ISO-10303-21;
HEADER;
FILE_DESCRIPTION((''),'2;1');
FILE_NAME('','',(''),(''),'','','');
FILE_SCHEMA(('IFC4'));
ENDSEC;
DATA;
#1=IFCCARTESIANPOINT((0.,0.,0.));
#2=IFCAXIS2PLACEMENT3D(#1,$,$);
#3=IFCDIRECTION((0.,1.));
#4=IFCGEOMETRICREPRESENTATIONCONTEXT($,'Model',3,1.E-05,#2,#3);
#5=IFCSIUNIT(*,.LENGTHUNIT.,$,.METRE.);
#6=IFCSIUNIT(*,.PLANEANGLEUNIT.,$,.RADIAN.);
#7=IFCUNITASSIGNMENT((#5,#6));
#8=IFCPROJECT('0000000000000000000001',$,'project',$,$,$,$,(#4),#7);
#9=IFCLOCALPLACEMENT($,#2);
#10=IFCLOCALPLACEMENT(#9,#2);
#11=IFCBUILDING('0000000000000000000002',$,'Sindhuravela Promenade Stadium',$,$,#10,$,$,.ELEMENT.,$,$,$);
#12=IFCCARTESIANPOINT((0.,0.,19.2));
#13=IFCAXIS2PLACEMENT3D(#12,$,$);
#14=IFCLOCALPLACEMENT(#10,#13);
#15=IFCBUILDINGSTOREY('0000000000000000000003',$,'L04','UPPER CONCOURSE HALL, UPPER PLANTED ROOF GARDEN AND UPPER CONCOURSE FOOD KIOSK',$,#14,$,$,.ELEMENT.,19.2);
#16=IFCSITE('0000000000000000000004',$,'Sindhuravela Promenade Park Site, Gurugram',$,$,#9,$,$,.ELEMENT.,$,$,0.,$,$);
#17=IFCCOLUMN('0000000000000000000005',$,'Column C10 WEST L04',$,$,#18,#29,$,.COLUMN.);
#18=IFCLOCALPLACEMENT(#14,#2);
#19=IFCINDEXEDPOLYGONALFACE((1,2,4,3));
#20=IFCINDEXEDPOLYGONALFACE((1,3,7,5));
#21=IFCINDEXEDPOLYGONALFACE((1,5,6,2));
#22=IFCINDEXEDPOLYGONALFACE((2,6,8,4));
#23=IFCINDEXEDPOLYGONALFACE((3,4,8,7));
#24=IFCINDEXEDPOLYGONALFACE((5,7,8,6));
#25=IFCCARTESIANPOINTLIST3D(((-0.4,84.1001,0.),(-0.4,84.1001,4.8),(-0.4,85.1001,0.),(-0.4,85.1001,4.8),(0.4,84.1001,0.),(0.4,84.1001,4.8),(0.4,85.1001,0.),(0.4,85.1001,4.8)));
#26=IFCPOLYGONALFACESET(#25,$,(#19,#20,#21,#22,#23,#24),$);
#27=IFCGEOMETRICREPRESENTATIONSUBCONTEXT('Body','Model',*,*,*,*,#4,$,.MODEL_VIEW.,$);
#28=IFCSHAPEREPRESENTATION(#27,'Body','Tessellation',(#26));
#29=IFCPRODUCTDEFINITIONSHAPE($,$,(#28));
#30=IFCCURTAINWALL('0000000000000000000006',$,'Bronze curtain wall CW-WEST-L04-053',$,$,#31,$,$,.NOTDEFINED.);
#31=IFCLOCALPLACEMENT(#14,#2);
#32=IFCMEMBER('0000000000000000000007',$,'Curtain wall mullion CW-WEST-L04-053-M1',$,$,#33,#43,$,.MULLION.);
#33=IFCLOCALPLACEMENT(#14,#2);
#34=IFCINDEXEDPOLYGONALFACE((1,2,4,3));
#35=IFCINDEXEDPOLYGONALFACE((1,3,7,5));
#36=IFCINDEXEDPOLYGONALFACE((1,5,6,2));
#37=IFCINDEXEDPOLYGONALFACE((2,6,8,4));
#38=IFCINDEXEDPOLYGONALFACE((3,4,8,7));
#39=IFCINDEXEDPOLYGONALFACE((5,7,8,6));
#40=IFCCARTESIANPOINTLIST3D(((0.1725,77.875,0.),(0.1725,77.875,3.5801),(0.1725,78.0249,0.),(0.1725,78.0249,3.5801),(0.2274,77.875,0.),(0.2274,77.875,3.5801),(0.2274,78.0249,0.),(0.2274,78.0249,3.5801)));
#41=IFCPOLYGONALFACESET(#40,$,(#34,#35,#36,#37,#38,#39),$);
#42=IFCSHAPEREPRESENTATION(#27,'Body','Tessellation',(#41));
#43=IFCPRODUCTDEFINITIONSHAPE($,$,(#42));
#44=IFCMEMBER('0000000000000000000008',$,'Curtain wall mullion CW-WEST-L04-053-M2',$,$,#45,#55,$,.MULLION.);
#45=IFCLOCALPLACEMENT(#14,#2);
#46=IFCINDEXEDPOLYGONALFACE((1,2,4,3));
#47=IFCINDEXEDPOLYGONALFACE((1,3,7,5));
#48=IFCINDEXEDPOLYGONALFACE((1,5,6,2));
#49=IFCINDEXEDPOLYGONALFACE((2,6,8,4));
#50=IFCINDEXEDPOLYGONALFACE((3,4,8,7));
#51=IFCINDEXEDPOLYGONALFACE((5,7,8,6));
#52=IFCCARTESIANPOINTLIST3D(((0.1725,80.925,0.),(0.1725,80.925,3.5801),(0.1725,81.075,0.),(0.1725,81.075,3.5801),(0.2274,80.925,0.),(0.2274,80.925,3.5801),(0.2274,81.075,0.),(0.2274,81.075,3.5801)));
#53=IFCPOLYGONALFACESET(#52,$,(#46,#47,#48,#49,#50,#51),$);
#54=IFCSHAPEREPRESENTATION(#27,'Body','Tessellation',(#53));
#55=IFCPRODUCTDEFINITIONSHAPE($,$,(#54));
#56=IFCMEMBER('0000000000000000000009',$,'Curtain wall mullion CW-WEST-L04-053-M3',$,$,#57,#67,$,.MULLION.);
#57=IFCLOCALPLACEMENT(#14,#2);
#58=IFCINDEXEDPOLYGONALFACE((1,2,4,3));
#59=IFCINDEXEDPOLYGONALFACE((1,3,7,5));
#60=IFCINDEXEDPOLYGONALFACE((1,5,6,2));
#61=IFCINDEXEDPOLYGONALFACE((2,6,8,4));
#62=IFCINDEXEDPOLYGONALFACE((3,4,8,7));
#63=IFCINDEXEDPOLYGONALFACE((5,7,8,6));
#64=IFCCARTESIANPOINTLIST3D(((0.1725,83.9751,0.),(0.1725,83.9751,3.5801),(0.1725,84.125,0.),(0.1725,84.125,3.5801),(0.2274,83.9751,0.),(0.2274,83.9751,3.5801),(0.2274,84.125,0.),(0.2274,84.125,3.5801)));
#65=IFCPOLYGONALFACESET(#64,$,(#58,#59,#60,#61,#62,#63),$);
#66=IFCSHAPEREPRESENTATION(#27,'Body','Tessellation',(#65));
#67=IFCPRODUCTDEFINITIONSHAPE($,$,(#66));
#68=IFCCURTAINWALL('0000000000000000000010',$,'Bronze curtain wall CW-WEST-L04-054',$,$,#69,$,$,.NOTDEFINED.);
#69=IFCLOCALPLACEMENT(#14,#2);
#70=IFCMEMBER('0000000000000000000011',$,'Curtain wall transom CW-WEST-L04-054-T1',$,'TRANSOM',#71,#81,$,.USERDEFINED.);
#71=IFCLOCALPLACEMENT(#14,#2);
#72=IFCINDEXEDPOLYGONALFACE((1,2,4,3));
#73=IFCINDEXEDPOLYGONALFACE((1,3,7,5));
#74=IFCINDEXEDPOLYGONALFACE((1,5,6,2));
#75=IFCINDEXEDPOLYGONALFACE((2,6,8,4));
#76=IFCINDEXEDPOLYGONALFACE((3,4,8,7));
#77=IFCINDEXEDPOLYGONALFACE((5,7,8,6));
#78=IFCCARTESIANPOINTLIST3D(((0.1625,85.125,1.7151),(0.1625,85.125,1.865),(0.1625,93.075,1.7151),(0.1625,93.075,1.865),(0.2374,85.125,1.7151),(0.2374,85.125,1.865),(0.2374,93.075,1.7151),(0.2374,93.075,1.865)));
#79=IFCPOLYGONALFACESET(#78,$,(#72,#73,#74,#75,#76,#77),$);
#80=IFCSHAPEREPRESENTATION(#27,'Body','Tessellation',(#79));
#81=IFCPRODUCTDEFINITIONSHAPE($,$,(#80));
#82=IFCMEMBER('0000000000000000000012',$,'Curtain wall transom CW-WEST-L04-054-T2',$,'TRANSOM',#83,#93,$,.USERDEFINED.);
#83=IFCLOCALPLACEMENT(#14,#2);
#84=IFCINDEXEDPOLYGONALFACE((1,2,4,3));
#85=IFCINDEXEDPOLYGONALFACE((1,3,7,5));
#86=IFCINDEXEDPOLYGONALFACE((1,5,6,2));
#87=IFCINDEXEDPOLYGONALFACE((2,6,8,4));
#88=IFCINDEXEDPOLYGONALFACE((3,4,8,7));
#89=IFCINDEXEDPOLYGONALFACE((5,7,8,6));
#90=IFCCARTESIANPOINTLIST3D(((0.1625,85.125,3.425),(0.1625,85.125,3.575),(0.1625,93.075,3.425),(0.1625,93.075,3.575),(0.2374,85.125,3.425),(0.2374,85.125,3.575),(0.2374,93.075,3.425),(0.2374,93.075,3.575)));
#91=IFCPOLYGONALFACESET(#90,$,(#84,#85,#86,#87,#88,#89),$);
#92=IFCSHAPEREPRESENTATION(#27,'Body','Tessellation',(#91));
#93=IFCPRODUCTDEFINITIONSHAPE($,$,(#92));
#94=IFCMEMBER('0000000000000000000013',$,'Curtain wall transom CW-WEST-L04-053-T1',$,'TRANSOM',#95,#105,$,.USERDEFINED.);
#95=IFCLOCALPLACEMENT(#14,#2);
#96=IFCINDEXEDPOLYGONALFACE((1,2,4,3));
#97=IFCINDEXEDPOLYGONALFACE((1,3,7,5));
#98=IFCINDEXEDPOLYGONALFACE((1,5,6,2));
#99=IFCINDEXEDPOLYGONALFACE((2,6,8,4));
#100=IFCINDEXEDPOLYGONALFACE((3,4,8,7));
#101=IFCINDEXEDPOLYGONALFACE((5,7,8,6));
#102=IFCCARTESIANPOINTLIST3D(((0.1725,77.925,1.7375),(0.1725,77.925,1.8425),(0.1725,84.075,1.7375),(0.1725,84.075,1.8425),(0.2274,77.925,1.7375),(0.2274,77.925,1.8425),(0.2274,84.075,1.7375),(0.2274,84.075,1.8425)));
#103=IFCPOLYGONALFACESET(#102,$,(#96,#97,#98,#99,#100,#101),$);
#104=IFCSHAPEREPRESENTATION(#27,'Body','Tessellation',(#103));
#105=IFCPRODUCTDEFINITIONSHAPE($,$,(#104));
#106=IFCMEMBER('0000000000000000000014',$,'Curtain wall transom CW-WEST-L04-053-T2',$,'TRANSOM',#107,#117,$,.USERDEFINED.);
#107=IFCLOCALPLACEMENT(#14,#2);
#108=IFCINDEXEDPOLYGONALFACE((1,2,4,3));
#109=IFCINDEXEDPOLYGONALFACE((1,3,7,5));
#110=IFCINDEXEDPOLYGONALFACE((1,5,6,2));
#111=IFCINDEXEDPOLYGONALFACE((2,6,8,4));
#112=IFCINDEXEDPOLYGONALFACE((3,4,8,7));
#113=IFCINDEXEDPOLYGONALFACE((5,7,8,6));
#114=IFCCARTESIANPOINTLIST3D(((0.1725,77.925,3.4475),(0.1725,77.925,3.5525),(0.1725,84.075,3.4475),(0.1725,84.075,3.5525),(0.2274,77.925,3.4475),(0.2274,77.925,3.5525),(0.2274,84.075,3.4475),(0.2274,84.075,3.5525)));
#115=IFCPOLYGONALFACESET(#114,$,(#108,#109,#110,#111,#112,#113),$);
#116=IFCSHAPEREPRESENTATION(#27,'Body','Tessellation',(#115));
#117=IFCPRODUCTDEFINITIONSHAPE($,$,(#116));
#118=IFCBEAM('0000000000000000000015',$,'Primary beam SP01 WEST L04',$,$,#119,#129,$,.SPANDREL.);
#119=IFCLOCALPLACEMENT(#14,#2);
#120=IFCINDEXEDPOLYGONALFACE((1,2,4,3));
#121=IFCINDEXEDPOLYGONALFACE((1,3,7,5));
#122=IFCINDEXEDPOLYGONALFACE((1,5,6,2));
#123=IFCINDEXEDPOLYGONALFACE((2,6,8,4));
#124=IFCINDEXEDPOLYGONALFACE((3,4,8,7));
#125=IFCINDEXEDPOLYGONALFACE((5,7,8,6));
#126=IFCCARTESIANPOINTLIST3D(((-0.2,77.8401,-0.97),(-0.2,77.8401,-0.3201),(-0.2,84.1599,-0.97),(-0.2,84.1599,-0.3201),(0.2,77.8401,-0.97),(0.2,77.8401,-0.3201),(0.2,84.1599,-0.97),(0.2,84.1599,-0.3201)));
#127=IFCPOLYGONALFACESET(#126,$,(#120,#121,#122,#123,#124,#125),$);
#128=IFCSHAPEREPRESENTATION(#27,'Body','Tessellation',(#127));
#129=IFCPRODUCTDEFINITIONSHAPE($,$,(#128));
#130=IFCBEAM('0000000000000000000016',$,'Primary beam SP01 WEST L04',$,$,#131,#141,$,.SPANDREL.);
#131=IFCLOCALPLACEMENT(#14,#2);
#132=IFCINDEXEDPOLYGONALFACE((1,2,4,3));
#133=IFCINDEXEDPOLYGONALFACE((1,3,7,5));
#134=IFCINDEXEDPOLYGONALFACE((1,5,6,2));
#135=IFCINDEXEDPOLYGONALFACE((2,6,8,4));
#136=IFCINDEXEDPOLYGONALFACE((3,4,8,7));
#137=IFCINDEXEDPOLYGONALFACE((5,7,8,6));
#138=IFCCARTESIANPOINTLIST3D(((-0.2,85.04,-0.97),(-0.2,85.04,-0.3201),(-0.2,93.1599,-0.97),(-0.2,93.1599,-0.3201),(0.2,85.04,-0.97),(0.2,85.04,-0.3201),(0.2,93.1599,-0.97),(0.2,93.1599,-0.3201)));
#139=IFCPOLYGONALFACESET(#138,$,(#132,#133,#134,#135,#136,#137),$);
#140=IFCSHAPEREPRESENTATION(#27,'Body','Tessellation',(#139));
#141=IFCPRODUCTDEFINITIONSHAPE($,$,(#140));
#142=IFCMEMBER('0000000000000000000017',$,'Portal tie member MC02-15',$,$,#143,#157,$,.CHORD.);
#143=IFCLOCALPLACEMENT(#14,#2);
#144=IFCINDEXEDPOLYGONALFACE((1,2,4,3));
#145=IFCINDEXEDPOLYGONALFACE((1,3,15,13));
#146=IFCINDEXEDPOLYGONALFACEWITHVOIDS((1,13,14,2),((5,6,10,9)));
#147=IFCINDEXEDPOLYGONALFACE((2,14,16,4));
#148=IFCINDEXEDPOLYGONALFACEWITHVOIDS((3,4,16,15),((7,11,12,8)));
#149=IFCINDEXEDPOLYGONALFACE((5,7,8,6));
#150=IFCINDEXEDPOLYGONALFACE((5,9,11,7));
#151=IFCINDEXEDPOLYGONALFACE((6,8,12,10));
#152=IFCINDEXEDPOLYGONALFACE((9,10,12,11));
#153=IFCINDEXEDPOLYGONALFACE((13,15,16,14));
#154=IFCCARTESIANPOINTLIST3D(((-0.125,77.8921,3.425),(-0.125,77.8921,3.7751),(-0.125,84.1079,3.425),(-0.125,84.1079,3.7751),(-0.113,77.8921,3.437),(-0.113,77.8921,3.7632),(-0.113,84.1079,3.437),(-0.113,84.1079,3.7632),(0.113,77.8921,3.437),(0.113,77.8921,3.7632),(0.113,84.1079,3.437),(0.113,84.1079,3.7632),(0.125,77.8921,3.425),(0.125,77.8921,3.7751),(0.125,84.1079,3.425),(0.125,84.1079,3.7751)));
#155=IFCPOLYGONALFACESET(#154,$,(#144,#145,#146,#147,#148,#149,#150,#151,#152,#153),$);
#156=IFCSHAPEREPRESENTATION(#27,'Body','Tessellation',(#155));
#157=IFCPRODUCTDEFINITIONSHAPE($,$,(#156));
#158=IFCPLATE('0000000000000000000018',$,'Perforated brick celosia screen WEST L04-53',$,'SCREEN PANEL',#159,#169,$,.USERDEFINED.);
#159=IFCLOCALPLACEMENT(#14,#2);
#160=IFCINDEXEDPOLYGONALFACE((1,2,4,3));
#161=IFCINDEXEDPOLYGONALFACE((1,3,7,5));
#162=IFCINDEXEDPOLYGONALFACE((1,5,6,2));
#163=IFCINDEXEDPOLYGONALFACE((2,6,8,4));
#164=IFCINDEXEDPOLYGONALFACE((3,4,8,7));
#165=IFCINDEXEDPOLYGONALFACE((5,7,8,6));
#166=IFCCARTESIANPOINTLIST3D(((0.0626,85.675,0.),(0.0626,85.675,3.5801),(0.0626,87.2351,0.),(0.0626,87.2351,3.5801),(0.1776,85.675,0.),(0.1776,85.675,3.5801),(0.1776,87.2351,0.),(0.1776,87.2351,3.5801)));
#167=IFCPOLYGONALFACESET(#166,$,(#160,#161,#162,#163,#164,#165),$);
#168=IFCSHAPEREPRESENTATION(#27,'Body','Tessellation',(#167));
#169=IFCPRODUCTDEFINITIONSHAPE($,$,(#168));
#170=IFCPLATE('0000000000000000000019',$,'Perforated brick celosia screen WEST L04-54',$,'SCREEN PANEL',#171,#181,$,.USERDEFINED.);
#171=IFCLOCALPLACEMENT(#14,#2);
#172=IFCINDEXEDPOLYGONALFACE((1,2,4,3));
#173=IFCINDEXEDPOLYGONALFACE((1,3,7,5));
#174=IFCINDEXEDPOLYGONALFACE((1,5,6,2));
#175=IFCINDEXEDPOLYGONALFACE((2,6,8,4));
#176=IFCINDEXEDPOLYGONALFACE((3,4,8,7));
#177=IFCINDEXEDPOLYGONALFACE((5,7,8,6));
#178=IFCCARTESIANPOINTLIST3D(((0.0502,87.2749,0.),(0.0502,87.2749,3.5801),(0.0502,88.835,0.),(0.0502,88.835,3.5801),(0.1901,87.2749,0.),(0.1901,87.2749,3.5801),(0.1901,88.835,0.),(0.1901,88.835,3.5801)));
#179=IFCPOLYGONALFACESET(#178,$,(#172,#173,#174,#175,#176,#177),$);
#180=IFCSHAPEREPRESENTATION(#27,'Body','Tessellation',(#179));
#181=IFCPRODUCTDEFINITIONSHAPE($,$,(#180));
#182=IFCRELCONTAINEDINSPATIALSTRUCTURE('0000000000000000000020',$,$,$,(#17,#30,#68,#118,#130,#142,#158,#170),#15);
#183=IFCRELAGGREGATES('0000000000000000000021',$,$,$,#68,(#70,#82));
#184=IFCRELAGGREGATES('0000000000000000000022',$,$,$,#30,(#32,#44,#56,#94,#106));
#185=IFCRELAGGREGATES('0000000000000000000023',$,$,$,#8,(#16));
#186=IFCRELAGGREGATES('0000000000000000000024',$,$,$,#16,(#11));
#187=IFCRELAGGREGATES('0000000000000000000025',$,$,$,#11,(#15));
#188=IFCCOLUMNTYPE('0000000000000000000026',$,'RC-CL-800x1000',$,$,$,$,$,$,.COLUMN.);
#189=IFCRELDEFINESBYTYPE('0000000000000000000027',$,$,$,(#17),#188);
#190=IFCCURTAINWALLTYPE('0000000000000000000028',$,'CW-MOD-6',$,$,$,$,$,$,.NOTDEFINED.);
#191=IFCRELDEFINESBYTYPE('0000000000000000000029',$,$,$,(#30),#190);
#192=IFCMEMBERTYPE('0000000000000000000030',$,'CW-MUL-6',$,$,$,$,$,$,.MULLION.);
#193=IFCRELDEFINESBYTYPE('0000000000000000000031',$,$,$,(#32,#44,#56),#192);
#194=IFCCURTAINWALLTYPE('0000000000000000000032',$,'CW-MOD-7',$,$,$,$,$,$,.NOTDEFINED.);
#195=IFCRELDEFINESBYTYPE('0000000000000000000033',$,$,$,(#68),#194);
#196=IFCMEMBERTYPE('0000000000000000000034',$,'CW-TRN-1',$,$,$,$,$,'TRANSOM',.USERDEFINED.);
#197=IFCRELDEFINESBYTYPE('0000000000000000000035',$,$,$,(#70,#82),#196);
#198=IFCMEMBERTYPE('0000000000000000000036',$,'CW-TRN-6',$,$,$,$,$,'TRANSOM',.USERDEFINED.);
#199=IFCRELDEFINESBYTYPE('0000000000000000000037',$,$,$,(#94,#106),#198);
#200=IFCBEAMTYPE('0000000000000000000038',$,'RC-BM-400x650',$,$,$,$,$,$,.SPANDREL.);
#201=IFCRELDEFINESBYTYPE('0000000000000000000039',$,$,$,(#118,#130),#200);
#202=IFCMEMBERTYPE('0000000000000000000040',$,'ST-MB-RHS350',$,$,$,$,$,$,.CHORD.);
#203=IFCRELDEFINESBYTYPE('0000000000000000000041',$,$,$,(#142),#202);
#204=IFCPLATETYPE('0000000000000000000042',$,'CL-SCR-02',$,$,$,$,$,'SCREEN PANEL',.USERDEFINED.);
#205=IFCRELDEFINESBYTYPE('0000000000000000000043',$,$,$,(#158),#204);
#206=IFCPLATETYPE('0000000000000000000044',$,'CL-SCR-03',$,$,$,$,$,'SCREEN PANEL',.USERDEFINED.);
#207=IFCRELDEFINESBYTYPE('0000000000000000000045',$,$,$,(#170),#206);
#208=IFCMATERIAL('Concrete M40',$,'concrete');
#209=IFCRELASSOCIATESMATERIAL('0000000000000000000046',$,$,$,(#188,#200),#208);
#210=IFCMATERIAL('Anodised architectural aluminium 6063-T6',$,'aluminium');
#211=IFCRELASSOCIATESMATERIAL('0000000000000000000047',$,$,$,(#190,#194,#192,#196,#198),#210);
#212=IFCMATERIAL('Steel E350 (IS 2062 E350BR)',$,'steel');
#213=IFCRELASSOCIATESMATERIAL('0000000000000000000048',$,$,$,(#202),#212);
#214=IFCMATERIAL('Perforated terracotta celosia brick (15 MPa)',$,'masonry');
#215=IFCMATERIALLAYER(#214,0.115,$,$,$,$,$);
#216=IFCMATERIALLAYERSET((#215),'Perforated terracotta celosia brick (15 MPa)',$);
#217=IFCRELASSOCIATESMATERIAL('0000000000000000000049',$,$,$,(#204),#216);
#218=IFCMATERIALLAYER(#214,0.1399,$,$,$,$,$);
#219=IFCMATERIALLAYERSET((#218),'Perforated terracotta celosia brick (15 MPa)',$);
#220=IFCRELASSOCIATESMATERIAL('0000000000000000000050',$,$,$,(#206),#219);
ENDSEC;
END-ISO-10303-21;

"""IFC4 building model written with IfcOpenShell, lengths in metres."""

from ifc_helpers import new_model, si_unit, direction, frame, origin, origin_2d, place, context, subcontext, project, spatial, rectangle, hollow_rectangle, extrude, material, layer, layer_set, material_profile, profile_set, type_object, element, aggregate, save


model = new_model("IFC4")

# Units and contexts
model_context = context("Model", 3, precision=1e-05, world=origin(), true_north=direction((0.0, 1.0)))
body_context = subcontext(model_context, "Body", "Model", "MODEL_VIEW")
ifc_project = project(units=[si_unit("LENGTHUNIT", "METRE"), si_unit("PLANEANGLEUNIT", "RADIAN")], contexts=[model_context])

# Site, building, storey
site_placement = place(None, origin())
site = spatial("IfcSite", under=ifc_project, at=site_placement, Name="Sindhuravela Promenade Park Site, Gurugram", CompositionType="ELEMENT", RefElevation=0.0)
building_placement = place(site_placement, origin())
building = spatial("IfcBuilding", under=site, at=building_placement, Name="Sindhuravela Promenade Stadium", CompositionType="ELEMENT")
storey_placement = place(building_placement, frame((0.0, 0.0, 19.2)))
storey = spatial("IfcBuildingStorey", under=building, at=storey_placement, Name="L04", Description="UPPER CONCOURSE HALL, UPPER PLANTED ROOF GARDEN AND UPPER CONCOURSE FOOD KIOSK", CompositionType="ELEMENT", Elevation=19.2)

# Column
ifc_material_1 = material(Name="Concrete M40", Category="concrete")
ifc_material_profile_1 = material_profile(ifc_material_1, rectangle(XDim=0.8, YDim=1.0, at=origin_2d()), Name="RC 800x1000")
ifc_profile_set_1 = profile_set([ifc_material_profile_1], Name="Concrete M40")
column_type = type_object("IfcColumnType", Name="RC-CL-800x1000", PredefinedType="COLUMN", material=ifc_profile_set_1)
column_placement = place(storey_placement, frame((0.0, 84.6001, 0.0), z_axis=(0.0, 0.0, 1.0), x_axis=(1.0, 0.0, 0.0)))
element("IfcColumn", 1, at=column_placement, inside=storey, type_object=column_type, Name="Column C10 WEST L04", PredefinedType="COLUMN", context=body_context, shape_type="SweptSolid", body=[
    extrude(rectangle(XDim=0.8, YDim=1.0, at=origin_2d()), origin(), (0.0, 0.0, 1.0), 4.8),
])

# Curtain walls, members
ifc_material_2 = material(Name="Anodised architectural aluminium 6063-T6", Category="aluminium")
curtain_wall_type_1 = type_object("IfcCurtainWallType", Name="CW-MOD-6", PredefinedType="NOTDEFINED", material=ifc_material_2)
curtain_wall_1_placement = place(storey_placement, origin())
curtain_wall_1 = element("IfcCurtainWall", 2, at=curtain_wall_1_placement, inside=storey, type_object=curtain_wall_type_1, Name="Bronze curtain wall CW-WEST-L04-053", PredefinedType="NOTDEFINED")
ifc_material_profile_2 = material_profile(ifc_material_2, rectangle(XDim=0.0549, YDim=0.1499, at=origin_2d()), Name="ALU M55x150")
ifc_profile_set_2 = profile_set([ifc_material_profile_2], Name="Anodised architectural aluminium 6063-T6")
member_type_1 = type_object("IfcMemberType", Name="CW-MUL-6", PredefinedType="MULLION", material=ifc_profile_set_2)
member_1_placement = place(storey_placement, frame((0.2, 77.95, 0.0), z_axis=(0.0, 0.0, 1.0), x_axis=(1.0, 0.0, 0.0)))
member_1 = element("IfcMember", 3, at=member_1_placement, type_object=member_type_1, Name="Curtain wall mullion CW-WEST-L04-053-M1", PredefinedType="MULLION", context=body_context, shape_type="SweptSolid", body=[
    extrude(rectangle(XDim=0.0549, YDim=0.1499, at=origin_2d()), origin(), (0.0, 0.0, 1.0), 3.5801),
])
member_2_placement = place(storey_placement, frame((0.2, 81.0, 0.0), z_axis=(0.0, 0.0, 1.0), x_axis=(1.0, 0.0, 0.0)))
member_2 = element("IfcMember", 4, at=member_2_placement, type_object=member_type_1, Name="Curtain wall mullion CW-WEST-L04-053-M2", PredefinedType="MULLION", context=body_context, shape_type="SweptSolid", body=[
    extrude(rectangle(XDim=0.0549, YDim=0.1499, at=origin_2d()), origin(), (0.0, 0.0, 1.0), 3.5801),
])
member_3_placement = place(storey_placement, frame((0.2, 84.05, 0.0), z_axis=(0.0, 0.0, 1.0), x_axis=(1.0, 0.0, 0.0)))
member_3 = element("IfcMember", 5, at=member_3_placement, type_object=member_type_1, Name="Curtain wall mullion CW-WEST-L04-053-M3", PredefinedType="MULLION", context=body_context, shape_type="SweptSolid", body=[
    extrude(rectangle(XDim=0.0549, YDim=0.1499, at=origin_2d()), origin(), (0.0, 0.0, 1.0), 3.5801),
])
curtain_wall_type_2 = type_object("IfcCurtainWallType", Name="CW-MOD-7", PredefinedType="NOTDEFINED", material=ifc_material_2)
curtain_wall_2_placement = place(storey_placement, origin())
curtain_wall_2 = element("IfcCurtainWall", 6, at=curtain_wall_2_placement, inside=storey, type_object=curtain_wall_type_2, Name="Bronze curtain wall CW-WEST-L04-054", PredefinedType="NOTDEFINED")
ifc_material_profile_3 = material_profile(ifc_material_2, rectangle(XDim=0.075, YDim=0.1499, at=origin_2d()), Name="ALU TRAN 75x150")
ifc_profile_set_3 = profile_set([ifc_material_profile_3], Name="Anodised architectural aluminium 6063-T6")
member_type_2 = type_object("IfcMemberType", Name="CW-TRN-1", ElementType="TRANSOM", PredefinedType="USERDEFINED", material=ifc_profile_set_3)
member_4_placement = place(storey_placement, frame((0.2, 85.125, 1.79), z_axis=(0.0, 1.0, 0.0), x_axis=(-1.0, 0.0, 0.0)))
member_4 = element("IfcMember", 7, at=member_4_placement, type_object=member_type_2, Name="Curtain wall transom CW-WEST-L04-054-T1", ObjectType="TRANSOM", PredefinedType="USERDEFINED", context=body_context, shape_type="SweptSolid", body=[
    extrude(rectangle(XDim=0.075, YDim=0.1499, at=origin_2d()), origin(), (0.0, 0.0, 1.0), 7.95),
])
member_5_placement = place(storey_placement, frame((0.2, 85.125, 3.5), z_axis=(0.0, 1.0, 0.0), x_axis=(-1.0, 0.0, 0.0)))
member_5 = element("IfcMember", 8, at=member_5_placement, type_object=member_type_2, Name="Curtain wall transom CW-WEST-L04-054-T2", ObjectType="TRANSOM", PredefinedType="USERDEFINED", context=body_context, shape_type="SweptSolid", body=[
    extrude(rectangle(XDim=0.075, YDim=0.1499, at=origin_2d()), origin(), (0.0, 0.0, 1.0), 7.95),
])
aggregate(curtain_wall_2, [member_4, member_5])

# Members
ifc_material_profile_4 = material_profile(ifc_material_2, rectangle(XDim=0.0549, YDim=0.105, at=origin_2d()), Name="ALU T55x105")
ifc_profile_set_4 = profile_set([ifc_material_profile_4], Name="Anodised architectural aluminium 6063-T6")
member_type_3 = type_object("IfcMemberType", Name="CW-TRN-6", ElementType="TRANSOM", PredefinedType="USERDEFINED", material=ifc_profile_set_4)
member_6_placement = place(storey_placement, frame((0.2, 77.925, 1.79), z_axis=(0.0, 1.0, 0.0), x_axis=(-1.0, 0.0, 0.0)))
member_6 = element("IfcMember", 9, at=member_6_placement, type_object=member_type_3, Name="Curtain wall transom CW-WEST-L04-053-T1", ObjectType="TRANSOM", PredefinedType="USERDEFINED", context=body_context, shape_type="SweptSolid", body=[
    extrude(rectangle(XDim=0.0549, YDim=0.105, at=origin_2d()), origin(), (0.0, 0.0, 1.0), 6.1499),
])
member_7_placement = place(storey_placement, frame((0.2, 77.925, 3.5), z_axis=(0.0, 1.0, 0.0), x_axis=(-1.0, 0.0, 0.0)))
member_7 = element("IfcMember", 10, at=member_7_placement, type_object=member_type_3, Name="Curtain wall transom CW-WEST-L04-053-T2", ObjectType="TRANSOM", PredefinedType="USERDEFINED", context=body_context, shape_type="SweptSolid", body=[
    extrude(rectangle(XDim=0.0549, YDim=0.105, at=origin_2d()), origin(), (0.0, 0.0, 1.0), 6.1499),
])

# Beams
ifc_material_profile_5 = material_profile(ifc_material_1, rectangle(XDim=0.3999, YDim=0.6499, at=origin_2d()), Name="RC 400x650")
ifc_profile_set_5 = profile_set([ifc_material_profile_5], Name="Concrete M40")
beam_type = type_object("IfcBeamType", Name="RC-BM-400x650", PredefinedType="SPANDREL", material=ifc_profile_set_5)
beam_1_placement = place(storey_placement, frame((0.0, 77.8401, -0.645), z_axis=(0.0, 1.0, 0.0), x_axis=(-1.0, 0.0, 0.0)))
element("IfcBeam", 11, at=beam_1_placement, inside=storey, type_object=beam_type, Name="Primary beam SP01 WEST L04", PredefinedType="SPANDREL", context=body_context, shape_type="SweptSolid", body=[
    extrude(rectangle(XDim=0.3999, YDim=0.6499, at=origin_2d()), origin(), (0.0, 0.0, 1.0), 6.3198),
])
beam_2_placement = place(storey_placement, frame((0.0, 85.04, -0.645), z_axis=(0.0, 1.0, 0.0), x_axis=(-1.0, 0.0, 0.0)))
element("IfcBeam", 12, at=beam_2_placement, inside=storey, type_object=beam_type, Name="Primary beam SP01 WEST L04", PredefinedType="SPANDREL", context=body_context, shape_type="SweptSolid", body=[
    extrude(rectangle(XDim=0.3999, YDim=0.6499, at=origin_2d()), origin(), (0.0, 0.0, 1.0), 8.1199),
])

# Member
ifc_material_3 = material(Name="Steel E350 (IS 2062 E350BR)", Category="steel")
ifc_material_profile_6 = material_profile(ifc_material_3, hollow_rectangle(XDim=0.25, YDim=0.3501, WallThickness=0.012, at=origin_2d()), Name="RHS 350x250x12")
ifc_profile_set_6 = profile_set([ifc_material_profile_6], Name="Steel E350 (IS 2062 E350BR)")
member_type_4 = type_object("IfcMemberType", Name="ST-MB-RHS350", PredefinedType="CHORD", material=ifc_profile_set_6)
member_8_placement = place(storey_placement, frame((0.0, 77.8921, 3.6001), z_axis=(0.0, 1.0, 0.0), x_axis=(-1.0, 0.0, 0.0)))
element("IfcMember", 13, at=member_8_placement, inside=storey, type_object=member_type_4, Name="Portal tie member MC02-15", PredefinedType="CHORD", context=body_context, shape_type="SweptSolid", body=[
    extrude(hollow_rectangle(XDim=0.25, YDim=0.3501, WallThickness=0.012, at=origin_2d()), origin(), (0.0, 0.0, 1.0), 6.2158),
])

# Plates
ifc_material_4 = material(Name="Perforated terracotta celosia brick (15 MPa)", Category="masonry")
ifc_layer_1 = layer(ifc_material_4, 0.115)
ifc_layer_set_1 = layer_set([ifc_layer_1], Name="Perforated terracotta celosia brick (15 MPa)")
plate_type_1 = type_object("IfcPlateType", Name="CL-SCR-02", ElementType="SCREEN PANEL", PredefinedType="USERDEFINED", material=ifc_layer_set_1)
plate_1_placement = place(storey_placement, frame((0.1201, 86.4551, 0.0), z_axis=(0.0, 0.0, 1.0), x_axis=(0.0, 1.0, 0.0)))
element("IfcPlate", 14, at=plate_1_placement, inside=storey, type_object=plate_type_1, Name="Perforated brick celosia screen WEST L04-53", ObjectType="SCREEN PANEL", PredefinedType="USERDEFINED", context=body_context, shape_type="SweptSolid", body=[
    extrude(rectangle(XDim=1.5601, YDim=0.115, at=origin_2d()), origin(), (0.0, 0.0, 1.0), 3.5801),
])
ifc_layer_2 = layer(ifc_material_4, 0.1399)
ifc_layer_set_2 = layer_set([ifc_layer_2], Name="Perforated terracotta celosia brick (15 MPa)")
plate_type_2 = type_object("IfcPlateType", Name="CL-SCR-03", ElementType="SCREEN PANEL", PredefinedType="USERDEFINED", material=ifc_layer_set_2)
plate_2_placement = place(storey_placement, frame((0.1201, 88.0549, 0.0), z_axis=(0.0, 0.0, 1.0), x_axis=(0.0, 1.0, 0.0)))
element("IfcPlate", 15, at=plate_2_placement, inside=storey, type_object=plate_type_2, Name="Perforated brick celosia screen WEST L04-54", ObjectType="SCREEN PANEL", PredefinedType="USERDEFINED", context=body_context, shape_type="SweptSolid", body=[
    extrude(rectangle(XDim=1.5601, YDim=0.1399, at=origin_2d()), origin(), (0.0, 0.0, 1.0), 3.5801),
])

aggregate(curtain_wall_1, [member_1, member_2, member_3, member_6, member_7])

save(model, "model.ifc")
